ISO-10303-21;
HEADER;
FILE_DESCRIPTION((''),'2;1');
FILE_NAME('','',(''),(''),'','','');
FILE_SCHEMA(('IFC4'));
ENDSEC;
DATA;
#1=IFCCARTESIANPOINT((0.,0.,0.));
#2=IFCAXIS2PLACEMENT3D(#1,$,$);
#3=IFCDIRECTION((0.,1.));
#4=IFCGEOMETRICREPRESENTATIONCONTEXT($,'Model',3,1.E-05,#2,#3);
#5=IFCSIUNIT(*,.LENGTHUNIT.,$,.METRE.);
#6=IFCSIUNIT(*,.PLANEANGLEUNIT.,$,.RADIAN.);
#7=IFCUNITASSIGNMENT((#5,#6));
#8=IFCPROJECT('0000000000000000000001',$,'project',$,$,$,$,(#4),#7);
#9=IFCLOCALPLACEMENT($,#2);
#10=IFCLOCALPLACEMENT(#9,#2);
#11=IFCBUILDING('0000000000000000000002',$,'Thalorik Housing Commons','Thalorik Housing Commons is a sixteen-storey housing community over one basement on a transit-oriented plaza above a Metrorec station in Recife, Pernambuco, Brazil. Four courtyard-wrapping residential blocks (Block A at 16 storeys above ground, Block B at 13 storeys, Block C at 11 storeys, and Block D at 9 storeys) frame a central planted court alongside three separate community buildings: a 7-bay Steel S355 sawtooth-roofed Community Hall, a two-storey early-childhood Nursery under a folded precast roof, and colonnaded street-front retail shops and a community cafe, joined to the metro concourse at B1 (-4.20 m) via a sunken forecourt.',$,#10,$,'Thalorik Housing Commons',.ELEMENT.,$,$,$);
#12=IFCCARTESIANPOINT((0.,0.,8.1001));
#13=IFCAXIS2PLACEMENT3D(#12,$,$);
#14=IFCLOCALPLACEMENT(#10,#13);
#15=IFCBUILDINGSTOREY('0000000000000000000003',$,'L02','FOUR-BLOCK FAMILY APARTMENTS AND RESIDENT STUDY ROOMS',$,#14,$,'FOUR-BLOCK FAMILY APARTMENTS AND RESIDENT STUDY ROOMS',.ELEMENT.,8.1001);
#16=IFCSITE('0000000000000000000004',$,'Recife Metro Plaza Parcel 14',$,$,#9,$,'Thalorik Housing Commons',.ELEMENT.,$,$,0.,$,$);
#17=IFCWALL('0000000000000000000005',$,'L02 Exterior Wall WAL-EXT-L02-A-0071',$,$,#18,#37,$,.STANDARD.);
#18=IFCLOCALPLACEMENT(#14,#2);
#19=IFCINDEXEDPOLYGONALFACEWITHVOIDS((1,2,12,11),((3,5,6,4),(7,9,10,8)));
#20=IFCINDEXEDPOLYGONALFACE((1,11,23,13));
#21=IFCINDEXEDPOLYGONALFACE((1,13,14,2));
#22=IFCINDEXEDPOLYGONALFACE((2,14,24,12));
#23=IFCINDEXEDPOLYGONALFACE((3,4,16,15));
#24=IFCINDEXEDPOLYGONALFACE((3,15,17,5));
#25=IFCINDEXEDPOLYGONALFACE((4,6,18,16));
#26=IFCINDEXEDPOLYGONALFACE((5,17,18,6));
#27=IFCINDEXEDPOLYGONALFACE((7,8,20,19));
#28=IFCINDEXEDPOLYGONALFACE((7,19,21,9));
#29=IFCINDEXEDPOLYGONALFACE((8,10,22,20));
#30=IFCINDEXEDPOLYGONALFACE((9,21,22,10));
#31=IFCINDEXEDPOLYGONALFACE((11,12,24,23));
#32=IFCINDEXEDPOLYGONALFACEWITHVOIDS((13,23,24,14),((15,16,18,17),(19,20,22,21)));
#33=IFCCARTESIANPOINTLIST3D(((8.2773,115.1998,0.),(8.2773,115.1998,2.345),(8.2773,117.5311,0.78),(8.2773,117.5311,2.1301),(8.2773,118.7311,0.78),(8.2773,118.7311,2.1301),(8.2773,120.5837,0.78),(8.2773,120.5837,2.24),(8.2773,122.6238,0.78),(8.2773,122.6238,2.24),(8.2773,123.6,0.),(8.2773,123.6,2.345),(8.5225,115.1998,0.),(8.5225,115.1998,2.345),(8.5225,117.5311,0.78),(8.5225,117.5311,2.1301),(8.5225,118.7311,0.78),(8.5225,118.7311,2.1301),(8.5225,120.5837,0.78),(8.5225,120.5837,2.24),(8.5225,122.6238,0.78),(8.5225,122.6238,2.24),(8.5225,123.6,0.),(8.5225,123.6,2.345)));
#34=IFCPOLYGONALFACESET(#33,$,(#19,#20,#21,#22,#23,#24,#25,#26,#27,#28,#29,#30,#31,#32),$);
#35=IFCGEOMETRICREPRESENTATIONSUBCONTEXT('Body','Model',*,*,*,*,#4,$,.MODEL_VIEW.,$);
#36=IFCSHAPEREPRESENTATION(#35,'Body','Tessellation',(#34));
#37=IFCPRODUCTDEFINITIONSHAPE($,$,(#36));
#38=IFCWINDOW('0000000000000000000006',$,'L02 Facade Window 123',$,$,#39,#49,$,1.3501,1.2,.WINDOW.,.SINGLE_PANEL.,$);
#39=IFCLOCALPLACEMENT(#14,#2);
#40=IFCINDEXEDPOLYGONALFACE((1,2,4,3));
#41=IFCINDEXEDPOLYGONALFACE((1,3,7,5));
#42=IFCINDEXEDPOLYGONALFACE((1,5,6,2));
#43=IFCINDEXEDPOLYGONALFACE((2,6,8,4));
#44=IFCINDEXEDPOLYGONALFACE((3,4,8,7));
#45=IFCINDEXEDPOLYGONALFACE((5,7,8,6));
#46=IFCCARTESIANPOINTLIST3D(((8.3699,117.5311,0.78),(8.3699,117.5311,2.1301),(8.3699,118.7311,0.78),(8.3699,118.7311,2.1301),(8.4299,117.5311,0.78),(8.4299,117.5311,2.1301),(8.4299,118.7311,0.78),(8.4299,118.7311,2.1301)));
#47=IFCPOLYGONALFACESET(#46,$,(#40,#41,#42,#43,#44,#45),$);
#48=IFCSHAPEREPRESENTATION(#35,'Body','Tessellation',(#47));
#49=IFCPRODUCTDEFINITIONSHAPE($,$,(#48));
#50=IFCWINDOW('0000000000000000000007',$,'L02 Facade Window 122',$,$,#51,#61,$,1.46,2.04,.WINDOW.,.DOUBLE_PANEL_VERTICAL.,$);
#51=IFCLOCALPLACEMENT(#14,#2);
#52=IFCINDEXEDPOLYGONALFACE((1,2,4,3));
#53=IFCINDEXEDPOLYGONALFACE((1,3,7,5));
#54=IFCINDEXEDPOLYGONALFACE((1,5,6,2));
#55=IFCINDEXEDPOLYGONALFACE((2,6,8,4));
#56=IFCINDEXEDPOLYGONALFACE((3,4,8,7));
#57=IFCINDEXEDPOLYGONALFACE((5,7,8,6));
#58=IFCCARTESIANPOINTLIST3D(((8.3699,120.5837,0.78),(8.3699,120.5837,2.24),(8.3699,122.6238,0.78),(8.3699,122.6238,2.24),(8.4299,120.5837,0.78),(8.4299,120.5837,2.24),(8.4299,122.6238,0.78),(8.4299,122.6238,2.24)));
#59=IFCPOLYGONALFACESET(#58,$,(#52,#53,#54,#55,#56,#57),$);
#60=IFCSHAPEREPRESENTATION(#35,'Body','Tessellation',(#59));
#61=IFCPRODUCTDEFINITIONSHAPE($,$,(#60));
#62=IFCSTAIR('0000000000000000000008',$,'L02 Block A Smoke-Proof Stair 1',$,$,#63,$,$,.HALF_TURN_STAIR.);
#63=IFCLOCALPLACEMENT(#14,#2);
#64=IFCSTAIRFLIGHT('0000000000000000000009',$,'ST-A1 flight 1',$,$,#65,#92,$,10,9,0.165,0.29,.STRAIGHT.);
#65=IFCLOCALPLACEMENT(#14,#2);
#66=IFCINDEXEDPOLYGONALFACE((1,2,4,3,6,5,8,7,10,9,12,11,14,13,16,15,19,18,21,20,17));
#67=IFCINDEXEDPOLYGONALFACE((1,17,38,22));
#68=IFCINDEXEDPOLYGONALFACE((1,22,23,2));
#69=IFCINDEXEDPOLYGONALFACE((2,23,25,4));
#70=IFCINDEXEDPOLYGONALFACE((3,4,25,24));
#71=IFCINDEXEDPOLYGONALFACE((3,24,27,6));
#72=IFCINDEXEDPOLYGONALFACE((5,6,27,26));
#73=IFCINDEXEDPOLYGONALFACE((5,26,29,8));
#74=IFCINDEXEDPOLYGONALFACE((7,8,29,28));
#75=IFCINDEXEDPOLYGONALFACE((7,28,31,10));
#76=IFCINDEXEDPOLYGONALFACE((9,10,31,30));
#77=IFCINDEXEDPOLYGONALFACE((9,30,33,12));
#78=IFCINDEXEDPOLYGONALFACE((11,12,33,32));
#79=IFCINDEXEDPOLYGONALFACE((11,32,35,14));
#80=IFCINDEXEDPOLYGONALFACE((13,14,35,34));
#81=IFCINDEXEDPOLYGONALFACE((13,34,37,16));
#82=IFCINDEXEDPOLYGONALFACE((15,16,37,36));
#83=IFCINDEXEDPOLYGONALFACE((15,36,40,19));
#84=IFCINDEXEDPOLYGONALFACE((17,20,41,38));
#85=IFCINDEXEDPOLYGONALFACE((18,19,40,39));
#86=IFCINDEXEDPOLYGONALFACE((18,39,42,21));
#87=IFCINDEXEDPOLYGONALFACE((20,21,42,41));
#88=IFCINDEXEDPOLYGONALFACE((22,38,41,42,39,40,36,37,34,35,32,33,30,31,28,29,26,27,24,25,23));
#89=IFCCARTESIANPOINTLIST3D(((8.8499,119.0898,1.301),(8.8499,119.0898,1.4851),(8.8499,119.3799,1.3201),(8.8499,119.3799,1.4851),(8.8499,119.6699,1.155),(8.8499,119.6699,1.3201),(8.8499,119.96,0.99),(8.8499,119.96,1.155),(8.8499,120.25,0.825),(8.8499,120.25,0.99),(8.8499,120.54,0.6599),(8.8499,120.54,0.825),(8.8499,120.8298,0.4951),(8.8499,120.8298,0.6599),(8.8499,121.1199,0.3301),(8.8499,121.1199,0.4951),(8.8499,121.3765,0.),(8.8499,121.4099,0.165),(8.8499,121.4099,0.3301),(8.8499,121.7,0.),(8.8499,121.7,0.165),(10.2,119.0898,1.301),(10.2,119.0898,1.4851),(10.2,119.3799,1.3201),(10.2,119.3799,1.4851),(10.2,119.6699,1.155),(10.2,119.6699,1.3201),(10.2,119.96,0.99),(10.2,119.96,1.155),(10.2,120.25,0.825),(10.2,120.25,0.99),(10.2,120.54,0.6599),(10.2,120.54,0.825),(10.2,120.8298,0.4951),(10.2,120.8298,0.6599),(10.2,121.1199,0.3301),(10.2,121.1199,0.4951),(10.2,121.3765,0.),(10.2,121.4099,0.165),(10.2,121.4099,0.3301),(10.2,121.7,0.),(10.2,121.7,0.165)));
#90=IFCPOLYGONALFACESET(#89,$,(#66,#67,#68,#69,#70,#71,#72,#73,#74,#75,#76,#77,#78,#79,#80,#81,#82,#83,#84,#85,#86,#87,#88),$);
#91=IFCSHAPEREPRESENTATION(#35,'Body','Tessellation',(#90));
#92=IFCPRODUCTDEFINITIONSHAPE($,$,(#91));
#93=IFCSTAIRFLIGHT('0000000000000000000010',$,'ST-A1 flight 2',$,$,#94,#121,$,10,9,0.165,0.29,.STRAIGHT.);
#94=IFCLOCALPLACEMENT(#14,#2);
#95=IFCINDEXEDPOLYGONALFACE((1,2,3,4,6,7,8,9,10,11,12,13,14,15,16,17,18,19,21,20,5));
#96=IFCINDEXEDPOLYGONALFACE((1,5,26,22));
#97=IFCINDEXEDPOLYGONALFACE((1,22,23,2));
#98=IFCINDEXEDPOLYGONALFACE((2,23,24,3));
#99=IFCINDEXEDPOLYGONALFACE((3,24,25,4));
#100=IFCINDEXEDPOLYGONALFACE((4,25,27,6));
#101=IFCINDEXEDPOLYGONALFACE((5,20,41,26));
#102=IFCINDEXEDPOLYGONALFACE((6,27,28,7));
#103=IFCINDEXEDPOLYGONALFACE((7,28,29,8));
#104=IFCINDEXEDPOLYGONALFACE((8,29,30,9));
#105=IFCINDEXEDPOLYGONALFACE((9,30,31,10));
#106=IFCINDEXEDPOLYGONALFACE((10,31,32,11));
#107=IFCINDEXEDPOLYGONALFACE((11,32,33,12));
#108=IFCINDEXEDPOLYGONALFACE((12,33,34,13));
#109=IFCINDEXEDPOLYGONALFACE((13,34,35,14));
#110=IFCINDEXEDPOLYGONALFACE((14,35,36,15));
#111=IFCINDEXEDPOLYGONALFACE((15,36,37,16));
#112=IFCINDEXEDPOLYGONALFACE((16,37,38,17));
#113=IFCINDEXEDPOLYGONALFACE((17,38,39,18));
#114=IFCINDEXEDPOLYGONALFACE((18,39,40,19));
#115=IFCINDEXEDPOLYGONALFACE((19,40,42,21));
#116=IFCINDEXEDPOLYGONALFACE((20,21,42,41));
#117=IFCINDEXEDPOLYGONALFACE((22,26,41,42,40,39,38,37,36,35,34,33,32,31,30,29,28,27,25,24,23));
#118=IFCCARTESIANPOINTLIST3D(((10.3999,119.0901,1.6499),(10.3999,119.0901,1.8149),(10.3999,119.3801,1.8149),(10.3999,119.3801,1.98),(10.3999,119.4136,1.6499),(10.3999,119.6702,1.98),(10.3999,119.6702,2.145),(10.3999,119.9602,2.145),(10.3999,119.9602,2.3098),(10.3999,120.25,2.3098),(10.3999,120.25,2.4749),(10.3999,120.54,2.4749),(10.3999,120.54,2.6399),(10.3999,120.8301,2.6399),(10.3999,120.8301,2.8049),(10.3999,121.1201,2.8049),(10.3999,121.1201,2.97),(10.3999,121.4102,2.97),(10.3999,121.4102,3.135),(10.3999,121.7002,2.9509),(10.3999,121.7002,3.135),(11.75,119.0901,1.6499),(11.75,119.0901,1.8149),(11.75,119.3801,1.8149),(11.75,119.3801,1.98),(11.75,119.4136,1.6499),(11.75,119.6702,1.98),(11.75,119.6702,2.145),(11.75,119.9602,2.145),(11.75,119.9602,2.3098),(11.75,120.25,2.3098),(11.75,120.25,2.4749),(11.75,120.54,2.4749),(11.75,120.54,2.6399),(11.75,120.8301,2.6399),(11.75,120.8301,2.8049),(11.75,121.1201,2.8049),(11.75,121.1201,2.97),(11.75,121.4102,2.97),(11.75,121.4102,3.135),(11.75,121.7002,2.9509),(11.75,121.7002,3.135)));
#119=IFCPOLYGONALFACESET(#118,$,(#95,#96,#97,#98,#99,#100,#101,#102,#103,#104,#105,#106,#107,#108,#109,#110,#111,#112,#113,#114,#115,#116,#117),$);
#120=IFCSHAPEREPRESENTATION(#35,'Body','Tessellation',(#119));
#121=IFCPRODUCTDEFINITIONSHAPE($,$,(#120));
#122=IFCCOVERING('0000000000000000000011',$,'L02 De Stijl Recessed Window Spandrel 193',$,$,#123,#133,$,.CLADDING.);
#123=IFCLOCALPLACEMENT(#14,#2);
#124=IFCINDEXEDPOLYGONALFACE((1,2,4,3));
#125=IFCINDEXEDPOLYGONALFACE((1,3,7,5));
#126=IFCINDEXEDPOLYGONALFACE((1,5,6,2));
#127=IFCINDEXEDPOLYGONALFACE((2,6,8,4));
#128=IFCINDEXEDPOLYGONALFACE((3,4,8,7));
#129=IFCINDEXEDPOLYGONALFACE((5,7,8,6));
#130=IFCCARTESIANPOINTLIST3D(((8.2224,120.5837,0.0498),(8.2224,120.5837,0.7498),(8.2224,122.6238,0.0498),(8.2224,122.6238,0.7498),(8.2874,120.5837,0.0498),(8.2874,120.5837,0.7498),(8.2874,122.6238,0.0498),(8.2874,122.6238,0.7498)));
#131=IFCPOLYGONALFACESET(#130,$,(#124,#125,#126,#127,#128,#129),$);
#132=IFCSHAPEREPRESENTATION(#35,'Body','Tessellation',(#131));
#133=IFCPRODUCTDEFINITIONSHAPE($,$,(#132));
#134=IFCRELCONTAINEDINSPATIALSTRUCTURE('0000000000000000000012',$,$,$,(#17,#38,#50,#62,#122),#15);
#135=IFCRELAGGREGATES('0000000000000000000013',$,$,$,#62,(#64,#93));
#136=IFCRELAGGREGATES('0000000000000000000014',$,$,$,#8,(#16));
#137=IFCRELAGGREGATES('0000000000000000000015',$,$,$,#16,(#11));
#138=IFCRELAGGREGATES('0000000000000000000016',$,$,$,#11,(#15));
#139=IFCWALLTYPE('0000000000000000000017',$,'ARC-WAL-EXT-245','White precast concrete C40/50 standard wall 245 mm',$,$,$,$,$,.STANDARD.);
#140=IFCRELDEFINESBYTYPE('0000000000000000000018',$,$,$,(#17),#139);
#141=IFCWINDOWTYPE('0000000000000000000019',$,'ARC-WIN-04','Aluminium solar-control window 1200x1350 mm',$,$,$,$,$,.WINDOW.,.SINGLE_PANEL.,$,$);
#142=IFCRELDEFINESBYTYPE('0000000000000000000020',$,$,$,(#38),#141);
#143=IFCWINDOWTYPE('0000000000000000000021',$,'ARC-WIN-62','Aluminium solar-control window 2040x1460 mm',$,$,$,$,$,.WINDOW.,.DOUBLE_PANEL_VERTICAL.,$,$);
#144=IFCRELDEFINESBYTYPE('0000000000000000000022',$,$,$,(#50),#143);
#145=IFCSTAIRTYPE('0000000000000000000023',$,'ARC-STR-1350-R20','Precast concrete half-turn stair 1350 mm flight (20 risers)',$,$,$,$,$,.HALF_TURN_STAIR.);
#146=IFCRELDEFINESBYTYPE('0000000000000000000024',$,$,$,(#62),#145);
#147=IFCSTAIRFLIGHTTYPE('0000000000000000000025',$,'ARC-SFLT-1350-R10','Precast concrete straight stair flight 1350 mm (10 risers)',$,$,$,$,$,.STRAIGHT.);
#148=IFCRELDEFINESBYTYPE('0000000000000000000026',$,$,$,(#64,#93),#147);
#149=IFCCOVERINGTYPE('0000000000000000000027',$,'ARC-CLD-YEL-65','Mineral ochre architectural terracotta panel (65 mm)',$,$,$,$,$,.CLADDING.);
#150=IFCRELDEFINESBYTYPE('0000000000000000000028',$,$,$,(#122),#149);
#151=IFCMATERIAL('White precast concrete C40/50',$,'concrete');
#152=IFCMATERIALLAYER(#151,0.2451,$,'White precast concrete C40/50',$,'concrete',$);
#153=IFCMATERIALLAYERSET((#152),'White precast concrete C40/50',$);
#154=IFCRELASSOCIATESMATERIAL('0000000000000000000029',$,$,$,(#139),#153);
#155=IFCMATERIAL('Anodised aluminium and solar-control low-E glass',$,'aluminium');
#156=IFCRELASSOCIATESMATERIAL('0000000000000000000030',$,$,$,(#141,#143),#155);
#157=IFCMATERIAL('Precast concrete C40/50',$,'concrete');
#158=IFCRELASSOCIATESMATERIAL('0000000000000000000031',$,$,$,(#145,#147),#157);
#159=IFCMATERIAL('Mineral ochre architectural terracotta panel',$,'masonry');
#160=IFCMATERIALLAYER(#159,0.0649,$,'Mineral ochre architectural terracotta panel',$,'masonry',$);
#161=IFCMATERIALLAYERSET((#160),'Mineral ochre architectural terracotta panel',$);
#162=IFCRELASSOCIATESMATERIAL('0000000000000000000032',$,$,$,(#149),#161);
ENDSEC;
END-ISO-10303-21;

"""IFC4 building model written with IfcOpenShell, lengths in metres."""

from ifc_helpers import new_model, si_unit, direction, frame, frame_2d, origin, origin_2d, place, context, subcontext, project, spatial, polyline, rectangle, outline, extrude, material, layer, layer_set, type_object, element, fill, aggregate, save


model = new_model("IFC4")

# Units and contexts
model_context = context("Model", 3, precision=1e-05, world=origin(), true_north=direction((0.0, 1.0)))
body_context = subcontext(model_context, "Body", "Model", "MODEL_VIEW")
ifc_project = project(units=[si_unit("LENGTHUNIT", "METRE"), si_unit("PLANEANGLEUNIT", "RADIAN")], contexts=[model_context])

# Site, building, storey
site_placement = place(None, origin())
site = spatial("IfcSite", under=ifc_project, at=site_placement, Name="Recife Metro Plaza Parcel 14", LongName="Thalorik Housing Commons", CompositionType="ELEMENT", RefElevation=0.0)
building_placement = place(site_placement, origin())
building = spatial("IfcBuilding", under=site, at=building_placement, Name="Thalorik Housing Commons", Description="Thalorik Housing Commons is a sixteen-storey housing community over one basement on a transit-oriented plaza above a Metrorec station in Recife, Pernambuco, Brazil. Four courtyard-wrapping residential blocks (Block A at 16 storeys above ground, Block B at 13 storeys, Block C at 11 storeys, and Block D at 9 storeys) frame a central planted court alongside three separate community buildings: a 7-bay Steel S355 sawtooth-roofed Community Hall, a two-storey early-childhood Nursery under a folded precast roof, and colonnaded street-front retail shops and a community cafe, joined to the metro concourse at B1 (-4.20 m) via a sunken forecourt.", LongName="Thalorik Housing Commons", CompositionType="ELEMENT")
storey_placement = place(building_placement, frame((0.0, 0.0, 8.1001)))
storey = spatial("IfcBuildingStorey", under=building, at=storey_placement, Name="L02", Description="FOUR-BLOCK FAMILY APARTMENTS AND RESIDENT STUDY ROOMS", LongName="FOUR-BLOCK FAMILY APARTMENTS AND RESIDENT STUDY ROOMS", CompositionType="ELEMENT", Elevation=8.1001)

# Shared definitions
ifc_material_1 = material(Name="Precast concrete C40/50", Category="concrete")

# Shared definitions
ifc_material_2 = material(Name="Anodised aluminium and solar-control low-E glass", Category="aluminium")

# Shared definitions
ifc_material_3 = material(Name="White precast concrete C40/50", Category="concrete")
ifc_layer_1 = layer(ifc_material_3, 0.2451, Name="White precast concrete C40/50", Category="concrete")
ifc_layer_set_1 = layer_set([ifc_layer_1], Name="White precast concrete C40/50")
wall_type_1 = type_object("IfcWallType", Name="ARC-WAL-EXT-245", Description="White precast concrete C40/50 standard wall 245 mm", PredefinedType="STANDARD", material=ifc_layer_set_1)

# Wall, openings, windows
wall_1_placement = place(storey_placement, frame((8.3999, 123.6001, 0.0), z_axis=(0.0, 0.0, 1.0), x_axis=(0.0, -1.0, 0.0)))
wall_1 = element("IfcWall", 1, at=wall_1_placement, inside=storey, type_object=wall_type_1, Name="L02 Exterior Wall WAL-EXT-L02-A-0071", PredefinedType="STANDARD", context=body_context, shape_type="SweptSolid", body=[
    extrude(rectangle(XDim=8.4001, YDim=0.2451, at=frame_2d((4.2002, 0.0))), origin(), (0.0, 0.0, 1.0), 2.345),
])
opening_1_placement = place(wall_1_placement, frame((0.9763, 0.0, 0.78)))
opening_1 = element("IfcOpeningElement", 2, at=opening_1_placement, cuts=wall_1, PredefinedType="OPENING", context=body_context, shape_type="SweptSolid", body=[
    extrude(rectangle(XDim=2.04, YDim=1.46, at=frame_2d((1.02, 0.73))), frame((0.0, 0.1326, 0.0), z_axis=(0.0, -1.0, 0.0), x_axis=(1.0, 0.0, 0.0)), (0.0, 0.0, 1.0), 0.2651),
])
opening_2_placement = place(wall_1_placement, frame((4.8689, 0.0, 0.78)))
opening_2 = element("IfcOpeningElement", 3, at=opening_2_placement, cuts=wall_1, PredefinedType="OPENING", context=body_context, shape_type="SweptSolid", body=[
    extrude(rectangle(XDim=1.2, YDim=1.3501, at=frame_2d((0.6001, 0.675))), frame((0.0, 0.1326, 0.0), z_axis=(0.0, -1.0, 0.0), x_axis=(1.0, 0.0, 0.0)), (0.0, 0.0, 1.0), 0.2651),
])
window_type_1 = type_object("IfcWindowType", Name="ARC-WIN-04", Description="Aluminium solar-control window 1200x1350 mm", PartitioningType="SINGLE_PANEL", PredefinedType="WINDOW", material=ifc_material_2)
window_1_placement = place(opening_2_placement, origin())
window_1 = element("IfcWindow", 4, at=window_1_placement, inside=storey, type_object=window_type_1, Name="L02 Facade Window 123", OverallHeight=1.3501, OverallWidth=1.2, PartitioningType="SINGLE_PANEL", PredefinedType="WINDOW", context=body_context, shape_type="SweptSolid", body=[
    extrude(rectangle(XDim=1.2, YDim=1.3501, at=frame_2d((0.6001, 0.675))), frame((0.0, 0.03, 0.0), z_axis=(0.0, -1.0, 0.0), x_axis=(1.0, 0.0, 0.0)), (0.0, 0.0, 1.0), 0.0601),
])
fill(opening_2, window_1)
window_type_2 = type_object("IfcWindowType", Name="ARC-WIN-62", Description="Aluminium solar-control window 2040x1460 mm", PartitioningType="DOUBLE_PANEL_VERTICAL", PredefinedType="WINDOW", material=ifc_material_2)
window_2_placement = place(opening_1_placement, origin())
window_2 = element("IfcWindow", 5, at=window_2_placement, inside=storey, type_object=window_type_2, Name="L02 Facade Window 122", OverallHeight=1.46, OverallWidth=2.04, PartitioningType="DOUBLE_PANEL_VERTICAL", PredefinedType="WINDOW", context=body_context, shape_type="SweptSolid", body=[
    extrude(rectangle(XDim=2.04, YDim=1.46, at=frame_2d((1.02, 0.73))), frame((0.0, 0.03, 0.0), z_axis=(0.0, -1.0, 0.0), x_axis=(1.0, 0.0, 0.0)), (0.0, 0.0, 1.0), 0.0601),
])
fill(opening_1, window_2)

# Stair, stair flights
stair_type = type_object("IfcStairType", Name="ARC-STR-1350-R20", Description="Precast concrete half-turn stair 1350 mm flight (20 risers)", PredefinedType="HALF_TURN_STAIR", material=ifc_material_1)
stair_placement = place(storey_placement, origin())
stair = element("IfcStair", 6, at=stair_placement, inside=storey, type_object=stair_type, Name="L02 Block A Smoke-Proof Stair 1", PredefinedType="HALF_TURN_STAIR")
stair_flight_type = type_object("IfcStairFlightType", Name="ARC-SFLT-1350-R10", Description="Precast concrete straight stair flight 1350 mm (10 risers)", PredefinedType="STRAIGHT", material=ifc_material_1)
stair_flight_1_placement = place(storey_placement, frame((9.5249, 121.7, 0.0), z_axis=(0.0, 0.0, 1.0), x_axis=(0.0, -1.0, 0.0)))
stair_flight_1 = element("IfcStairFlight", 7, at=stair_flight_1_placement, type_object=stair_flight_type, Name="ST-A1 flight 1", NumberOfRisers=10, NumberOfTreads=9, PredefinedType="STRAIGHT", RiserHeight=0.165, TreadLength=0.29, context=body_context, shape_type="SweptSolid", body=[
    extrude(outline(polyline([(0.0, 0.0), (0.0, 0.165), (0.29, 0.165), (0.29, 0.3301), (0.5801, 0.3301), (0.5801, 0.4951), (0.8701, 0.4951), (0.8701, 0.6599), (1.1599, 0.6599), (1.1599, 0.825), (1.45, 0.825), (1.45, 0.99), (1.74, 0.99), (1.74, 1.155), (2.03, 1.155), (2.03, 1.3201), (2.3201, 1.3201), (2.3201, 1.4851), (2.6101, 1.4851), (2.6101, 1.6499), (2.6101, 1.301), (0.3235, 0.0), (0.0, 0.0)])), frame((0.0, 0.675, 0.0), z_axis=(0.0, -1.0, 0.0), x_axis=(1.0, 0.0, 0.0)), (0.0, 0.0, 1.0), 1.3501),
])
stair_flight_2_placement = place(storey_placement, frame((11.075, 119.0901, 1.6499), z_axis=(0.0, 0.0, 1.0), x_axis=(0.0, 1.0, 0.0)))
stair_flight_2 = element("IfcStairFlight", 8, at=stair_flight_2_placement, type_object=stair_flight_type, Name="ST-A1 flight 2", NumberOfRisers=10, NumberOfTreads=9, PredefinedType="STRAIGHT", RiserHeight=0.165, TreadLength=0.29, context=body_context, shape_type="SweptSolid", body=[
    extrude(outline(polyline([(0.0, 0.0), (0.0, 0.165), (0.29, 0.165), (0.29, 0.3301), (0.5801, 0.3301), (0.5801, 0.4951), (0.8701, 0.4951), (0.8701, 0.6599), (1.1599, 0.6599), (1.1599, 0.825), (1.45, 0.825), (1.45, 0.99), (1.74, 0.99), (1.74, 1.155), (2.03, 1.155), (2.03, 1.3201), (2.3201, 1.3201), (2.3201, 1.4851), (2.6101, 1.4851), (2.6101, 1.6499), (2.6101, 1.301), (0.3235, 0.0), (0.0, 0.0)])), frame((0.0, 0.675, 0.0), z_axis=(0.0, -1.0, 0.0), x_axis=(1.0, 0.0, 0.0)), (0.0, 0.0, 1.0), 1.3501),
])
aggregate(stair, [stair_flight_1, stair_flight_2])

# Covering
ifc_material_4 = material(Name="Mineral ochre architectural terracotta panel", Category="masonry")
ifc_layer_2 = layer(ifc_material_4, 0.0649, Name="Mineral ochre architectural terracotta panel", Category="masonry")
ifc_layer_set_2 = layer_set([ifc_layer_2], Name="Mineral ochre architectural terracotta panel")
covering_type_1 = type_object("IfcCoveringType", Name="ARC-CLD-YEL-65", Description="Mineral ochre architectural terracotta panel (65 mm)", PredefinedType="CLADDING", material=ifc_layer_set_2)
covering_1_placement = place(storey_placement, frame((8.2549, 121.6038, 0.0498), z_axis=(0.0, 0.0, 1.0), x_axis=(0.0, -1.0, 0.0)))
element("IfcCovering", 9, at=covering_1_placement, inside=storey, type_object=covering_type_1, Name="L02 De Stijl Recessed Window Spandrel 193", PredefinedType="CLADDING", context=body_context, shape_type="SweptSolid", body=[
    extrude(rectangle(XDim=2.04, YDim=0.0649, at=origin_2d()), origin(), (0.0, 0.0, 1.0), 0.7),
])

save(model, "model.ifc")
